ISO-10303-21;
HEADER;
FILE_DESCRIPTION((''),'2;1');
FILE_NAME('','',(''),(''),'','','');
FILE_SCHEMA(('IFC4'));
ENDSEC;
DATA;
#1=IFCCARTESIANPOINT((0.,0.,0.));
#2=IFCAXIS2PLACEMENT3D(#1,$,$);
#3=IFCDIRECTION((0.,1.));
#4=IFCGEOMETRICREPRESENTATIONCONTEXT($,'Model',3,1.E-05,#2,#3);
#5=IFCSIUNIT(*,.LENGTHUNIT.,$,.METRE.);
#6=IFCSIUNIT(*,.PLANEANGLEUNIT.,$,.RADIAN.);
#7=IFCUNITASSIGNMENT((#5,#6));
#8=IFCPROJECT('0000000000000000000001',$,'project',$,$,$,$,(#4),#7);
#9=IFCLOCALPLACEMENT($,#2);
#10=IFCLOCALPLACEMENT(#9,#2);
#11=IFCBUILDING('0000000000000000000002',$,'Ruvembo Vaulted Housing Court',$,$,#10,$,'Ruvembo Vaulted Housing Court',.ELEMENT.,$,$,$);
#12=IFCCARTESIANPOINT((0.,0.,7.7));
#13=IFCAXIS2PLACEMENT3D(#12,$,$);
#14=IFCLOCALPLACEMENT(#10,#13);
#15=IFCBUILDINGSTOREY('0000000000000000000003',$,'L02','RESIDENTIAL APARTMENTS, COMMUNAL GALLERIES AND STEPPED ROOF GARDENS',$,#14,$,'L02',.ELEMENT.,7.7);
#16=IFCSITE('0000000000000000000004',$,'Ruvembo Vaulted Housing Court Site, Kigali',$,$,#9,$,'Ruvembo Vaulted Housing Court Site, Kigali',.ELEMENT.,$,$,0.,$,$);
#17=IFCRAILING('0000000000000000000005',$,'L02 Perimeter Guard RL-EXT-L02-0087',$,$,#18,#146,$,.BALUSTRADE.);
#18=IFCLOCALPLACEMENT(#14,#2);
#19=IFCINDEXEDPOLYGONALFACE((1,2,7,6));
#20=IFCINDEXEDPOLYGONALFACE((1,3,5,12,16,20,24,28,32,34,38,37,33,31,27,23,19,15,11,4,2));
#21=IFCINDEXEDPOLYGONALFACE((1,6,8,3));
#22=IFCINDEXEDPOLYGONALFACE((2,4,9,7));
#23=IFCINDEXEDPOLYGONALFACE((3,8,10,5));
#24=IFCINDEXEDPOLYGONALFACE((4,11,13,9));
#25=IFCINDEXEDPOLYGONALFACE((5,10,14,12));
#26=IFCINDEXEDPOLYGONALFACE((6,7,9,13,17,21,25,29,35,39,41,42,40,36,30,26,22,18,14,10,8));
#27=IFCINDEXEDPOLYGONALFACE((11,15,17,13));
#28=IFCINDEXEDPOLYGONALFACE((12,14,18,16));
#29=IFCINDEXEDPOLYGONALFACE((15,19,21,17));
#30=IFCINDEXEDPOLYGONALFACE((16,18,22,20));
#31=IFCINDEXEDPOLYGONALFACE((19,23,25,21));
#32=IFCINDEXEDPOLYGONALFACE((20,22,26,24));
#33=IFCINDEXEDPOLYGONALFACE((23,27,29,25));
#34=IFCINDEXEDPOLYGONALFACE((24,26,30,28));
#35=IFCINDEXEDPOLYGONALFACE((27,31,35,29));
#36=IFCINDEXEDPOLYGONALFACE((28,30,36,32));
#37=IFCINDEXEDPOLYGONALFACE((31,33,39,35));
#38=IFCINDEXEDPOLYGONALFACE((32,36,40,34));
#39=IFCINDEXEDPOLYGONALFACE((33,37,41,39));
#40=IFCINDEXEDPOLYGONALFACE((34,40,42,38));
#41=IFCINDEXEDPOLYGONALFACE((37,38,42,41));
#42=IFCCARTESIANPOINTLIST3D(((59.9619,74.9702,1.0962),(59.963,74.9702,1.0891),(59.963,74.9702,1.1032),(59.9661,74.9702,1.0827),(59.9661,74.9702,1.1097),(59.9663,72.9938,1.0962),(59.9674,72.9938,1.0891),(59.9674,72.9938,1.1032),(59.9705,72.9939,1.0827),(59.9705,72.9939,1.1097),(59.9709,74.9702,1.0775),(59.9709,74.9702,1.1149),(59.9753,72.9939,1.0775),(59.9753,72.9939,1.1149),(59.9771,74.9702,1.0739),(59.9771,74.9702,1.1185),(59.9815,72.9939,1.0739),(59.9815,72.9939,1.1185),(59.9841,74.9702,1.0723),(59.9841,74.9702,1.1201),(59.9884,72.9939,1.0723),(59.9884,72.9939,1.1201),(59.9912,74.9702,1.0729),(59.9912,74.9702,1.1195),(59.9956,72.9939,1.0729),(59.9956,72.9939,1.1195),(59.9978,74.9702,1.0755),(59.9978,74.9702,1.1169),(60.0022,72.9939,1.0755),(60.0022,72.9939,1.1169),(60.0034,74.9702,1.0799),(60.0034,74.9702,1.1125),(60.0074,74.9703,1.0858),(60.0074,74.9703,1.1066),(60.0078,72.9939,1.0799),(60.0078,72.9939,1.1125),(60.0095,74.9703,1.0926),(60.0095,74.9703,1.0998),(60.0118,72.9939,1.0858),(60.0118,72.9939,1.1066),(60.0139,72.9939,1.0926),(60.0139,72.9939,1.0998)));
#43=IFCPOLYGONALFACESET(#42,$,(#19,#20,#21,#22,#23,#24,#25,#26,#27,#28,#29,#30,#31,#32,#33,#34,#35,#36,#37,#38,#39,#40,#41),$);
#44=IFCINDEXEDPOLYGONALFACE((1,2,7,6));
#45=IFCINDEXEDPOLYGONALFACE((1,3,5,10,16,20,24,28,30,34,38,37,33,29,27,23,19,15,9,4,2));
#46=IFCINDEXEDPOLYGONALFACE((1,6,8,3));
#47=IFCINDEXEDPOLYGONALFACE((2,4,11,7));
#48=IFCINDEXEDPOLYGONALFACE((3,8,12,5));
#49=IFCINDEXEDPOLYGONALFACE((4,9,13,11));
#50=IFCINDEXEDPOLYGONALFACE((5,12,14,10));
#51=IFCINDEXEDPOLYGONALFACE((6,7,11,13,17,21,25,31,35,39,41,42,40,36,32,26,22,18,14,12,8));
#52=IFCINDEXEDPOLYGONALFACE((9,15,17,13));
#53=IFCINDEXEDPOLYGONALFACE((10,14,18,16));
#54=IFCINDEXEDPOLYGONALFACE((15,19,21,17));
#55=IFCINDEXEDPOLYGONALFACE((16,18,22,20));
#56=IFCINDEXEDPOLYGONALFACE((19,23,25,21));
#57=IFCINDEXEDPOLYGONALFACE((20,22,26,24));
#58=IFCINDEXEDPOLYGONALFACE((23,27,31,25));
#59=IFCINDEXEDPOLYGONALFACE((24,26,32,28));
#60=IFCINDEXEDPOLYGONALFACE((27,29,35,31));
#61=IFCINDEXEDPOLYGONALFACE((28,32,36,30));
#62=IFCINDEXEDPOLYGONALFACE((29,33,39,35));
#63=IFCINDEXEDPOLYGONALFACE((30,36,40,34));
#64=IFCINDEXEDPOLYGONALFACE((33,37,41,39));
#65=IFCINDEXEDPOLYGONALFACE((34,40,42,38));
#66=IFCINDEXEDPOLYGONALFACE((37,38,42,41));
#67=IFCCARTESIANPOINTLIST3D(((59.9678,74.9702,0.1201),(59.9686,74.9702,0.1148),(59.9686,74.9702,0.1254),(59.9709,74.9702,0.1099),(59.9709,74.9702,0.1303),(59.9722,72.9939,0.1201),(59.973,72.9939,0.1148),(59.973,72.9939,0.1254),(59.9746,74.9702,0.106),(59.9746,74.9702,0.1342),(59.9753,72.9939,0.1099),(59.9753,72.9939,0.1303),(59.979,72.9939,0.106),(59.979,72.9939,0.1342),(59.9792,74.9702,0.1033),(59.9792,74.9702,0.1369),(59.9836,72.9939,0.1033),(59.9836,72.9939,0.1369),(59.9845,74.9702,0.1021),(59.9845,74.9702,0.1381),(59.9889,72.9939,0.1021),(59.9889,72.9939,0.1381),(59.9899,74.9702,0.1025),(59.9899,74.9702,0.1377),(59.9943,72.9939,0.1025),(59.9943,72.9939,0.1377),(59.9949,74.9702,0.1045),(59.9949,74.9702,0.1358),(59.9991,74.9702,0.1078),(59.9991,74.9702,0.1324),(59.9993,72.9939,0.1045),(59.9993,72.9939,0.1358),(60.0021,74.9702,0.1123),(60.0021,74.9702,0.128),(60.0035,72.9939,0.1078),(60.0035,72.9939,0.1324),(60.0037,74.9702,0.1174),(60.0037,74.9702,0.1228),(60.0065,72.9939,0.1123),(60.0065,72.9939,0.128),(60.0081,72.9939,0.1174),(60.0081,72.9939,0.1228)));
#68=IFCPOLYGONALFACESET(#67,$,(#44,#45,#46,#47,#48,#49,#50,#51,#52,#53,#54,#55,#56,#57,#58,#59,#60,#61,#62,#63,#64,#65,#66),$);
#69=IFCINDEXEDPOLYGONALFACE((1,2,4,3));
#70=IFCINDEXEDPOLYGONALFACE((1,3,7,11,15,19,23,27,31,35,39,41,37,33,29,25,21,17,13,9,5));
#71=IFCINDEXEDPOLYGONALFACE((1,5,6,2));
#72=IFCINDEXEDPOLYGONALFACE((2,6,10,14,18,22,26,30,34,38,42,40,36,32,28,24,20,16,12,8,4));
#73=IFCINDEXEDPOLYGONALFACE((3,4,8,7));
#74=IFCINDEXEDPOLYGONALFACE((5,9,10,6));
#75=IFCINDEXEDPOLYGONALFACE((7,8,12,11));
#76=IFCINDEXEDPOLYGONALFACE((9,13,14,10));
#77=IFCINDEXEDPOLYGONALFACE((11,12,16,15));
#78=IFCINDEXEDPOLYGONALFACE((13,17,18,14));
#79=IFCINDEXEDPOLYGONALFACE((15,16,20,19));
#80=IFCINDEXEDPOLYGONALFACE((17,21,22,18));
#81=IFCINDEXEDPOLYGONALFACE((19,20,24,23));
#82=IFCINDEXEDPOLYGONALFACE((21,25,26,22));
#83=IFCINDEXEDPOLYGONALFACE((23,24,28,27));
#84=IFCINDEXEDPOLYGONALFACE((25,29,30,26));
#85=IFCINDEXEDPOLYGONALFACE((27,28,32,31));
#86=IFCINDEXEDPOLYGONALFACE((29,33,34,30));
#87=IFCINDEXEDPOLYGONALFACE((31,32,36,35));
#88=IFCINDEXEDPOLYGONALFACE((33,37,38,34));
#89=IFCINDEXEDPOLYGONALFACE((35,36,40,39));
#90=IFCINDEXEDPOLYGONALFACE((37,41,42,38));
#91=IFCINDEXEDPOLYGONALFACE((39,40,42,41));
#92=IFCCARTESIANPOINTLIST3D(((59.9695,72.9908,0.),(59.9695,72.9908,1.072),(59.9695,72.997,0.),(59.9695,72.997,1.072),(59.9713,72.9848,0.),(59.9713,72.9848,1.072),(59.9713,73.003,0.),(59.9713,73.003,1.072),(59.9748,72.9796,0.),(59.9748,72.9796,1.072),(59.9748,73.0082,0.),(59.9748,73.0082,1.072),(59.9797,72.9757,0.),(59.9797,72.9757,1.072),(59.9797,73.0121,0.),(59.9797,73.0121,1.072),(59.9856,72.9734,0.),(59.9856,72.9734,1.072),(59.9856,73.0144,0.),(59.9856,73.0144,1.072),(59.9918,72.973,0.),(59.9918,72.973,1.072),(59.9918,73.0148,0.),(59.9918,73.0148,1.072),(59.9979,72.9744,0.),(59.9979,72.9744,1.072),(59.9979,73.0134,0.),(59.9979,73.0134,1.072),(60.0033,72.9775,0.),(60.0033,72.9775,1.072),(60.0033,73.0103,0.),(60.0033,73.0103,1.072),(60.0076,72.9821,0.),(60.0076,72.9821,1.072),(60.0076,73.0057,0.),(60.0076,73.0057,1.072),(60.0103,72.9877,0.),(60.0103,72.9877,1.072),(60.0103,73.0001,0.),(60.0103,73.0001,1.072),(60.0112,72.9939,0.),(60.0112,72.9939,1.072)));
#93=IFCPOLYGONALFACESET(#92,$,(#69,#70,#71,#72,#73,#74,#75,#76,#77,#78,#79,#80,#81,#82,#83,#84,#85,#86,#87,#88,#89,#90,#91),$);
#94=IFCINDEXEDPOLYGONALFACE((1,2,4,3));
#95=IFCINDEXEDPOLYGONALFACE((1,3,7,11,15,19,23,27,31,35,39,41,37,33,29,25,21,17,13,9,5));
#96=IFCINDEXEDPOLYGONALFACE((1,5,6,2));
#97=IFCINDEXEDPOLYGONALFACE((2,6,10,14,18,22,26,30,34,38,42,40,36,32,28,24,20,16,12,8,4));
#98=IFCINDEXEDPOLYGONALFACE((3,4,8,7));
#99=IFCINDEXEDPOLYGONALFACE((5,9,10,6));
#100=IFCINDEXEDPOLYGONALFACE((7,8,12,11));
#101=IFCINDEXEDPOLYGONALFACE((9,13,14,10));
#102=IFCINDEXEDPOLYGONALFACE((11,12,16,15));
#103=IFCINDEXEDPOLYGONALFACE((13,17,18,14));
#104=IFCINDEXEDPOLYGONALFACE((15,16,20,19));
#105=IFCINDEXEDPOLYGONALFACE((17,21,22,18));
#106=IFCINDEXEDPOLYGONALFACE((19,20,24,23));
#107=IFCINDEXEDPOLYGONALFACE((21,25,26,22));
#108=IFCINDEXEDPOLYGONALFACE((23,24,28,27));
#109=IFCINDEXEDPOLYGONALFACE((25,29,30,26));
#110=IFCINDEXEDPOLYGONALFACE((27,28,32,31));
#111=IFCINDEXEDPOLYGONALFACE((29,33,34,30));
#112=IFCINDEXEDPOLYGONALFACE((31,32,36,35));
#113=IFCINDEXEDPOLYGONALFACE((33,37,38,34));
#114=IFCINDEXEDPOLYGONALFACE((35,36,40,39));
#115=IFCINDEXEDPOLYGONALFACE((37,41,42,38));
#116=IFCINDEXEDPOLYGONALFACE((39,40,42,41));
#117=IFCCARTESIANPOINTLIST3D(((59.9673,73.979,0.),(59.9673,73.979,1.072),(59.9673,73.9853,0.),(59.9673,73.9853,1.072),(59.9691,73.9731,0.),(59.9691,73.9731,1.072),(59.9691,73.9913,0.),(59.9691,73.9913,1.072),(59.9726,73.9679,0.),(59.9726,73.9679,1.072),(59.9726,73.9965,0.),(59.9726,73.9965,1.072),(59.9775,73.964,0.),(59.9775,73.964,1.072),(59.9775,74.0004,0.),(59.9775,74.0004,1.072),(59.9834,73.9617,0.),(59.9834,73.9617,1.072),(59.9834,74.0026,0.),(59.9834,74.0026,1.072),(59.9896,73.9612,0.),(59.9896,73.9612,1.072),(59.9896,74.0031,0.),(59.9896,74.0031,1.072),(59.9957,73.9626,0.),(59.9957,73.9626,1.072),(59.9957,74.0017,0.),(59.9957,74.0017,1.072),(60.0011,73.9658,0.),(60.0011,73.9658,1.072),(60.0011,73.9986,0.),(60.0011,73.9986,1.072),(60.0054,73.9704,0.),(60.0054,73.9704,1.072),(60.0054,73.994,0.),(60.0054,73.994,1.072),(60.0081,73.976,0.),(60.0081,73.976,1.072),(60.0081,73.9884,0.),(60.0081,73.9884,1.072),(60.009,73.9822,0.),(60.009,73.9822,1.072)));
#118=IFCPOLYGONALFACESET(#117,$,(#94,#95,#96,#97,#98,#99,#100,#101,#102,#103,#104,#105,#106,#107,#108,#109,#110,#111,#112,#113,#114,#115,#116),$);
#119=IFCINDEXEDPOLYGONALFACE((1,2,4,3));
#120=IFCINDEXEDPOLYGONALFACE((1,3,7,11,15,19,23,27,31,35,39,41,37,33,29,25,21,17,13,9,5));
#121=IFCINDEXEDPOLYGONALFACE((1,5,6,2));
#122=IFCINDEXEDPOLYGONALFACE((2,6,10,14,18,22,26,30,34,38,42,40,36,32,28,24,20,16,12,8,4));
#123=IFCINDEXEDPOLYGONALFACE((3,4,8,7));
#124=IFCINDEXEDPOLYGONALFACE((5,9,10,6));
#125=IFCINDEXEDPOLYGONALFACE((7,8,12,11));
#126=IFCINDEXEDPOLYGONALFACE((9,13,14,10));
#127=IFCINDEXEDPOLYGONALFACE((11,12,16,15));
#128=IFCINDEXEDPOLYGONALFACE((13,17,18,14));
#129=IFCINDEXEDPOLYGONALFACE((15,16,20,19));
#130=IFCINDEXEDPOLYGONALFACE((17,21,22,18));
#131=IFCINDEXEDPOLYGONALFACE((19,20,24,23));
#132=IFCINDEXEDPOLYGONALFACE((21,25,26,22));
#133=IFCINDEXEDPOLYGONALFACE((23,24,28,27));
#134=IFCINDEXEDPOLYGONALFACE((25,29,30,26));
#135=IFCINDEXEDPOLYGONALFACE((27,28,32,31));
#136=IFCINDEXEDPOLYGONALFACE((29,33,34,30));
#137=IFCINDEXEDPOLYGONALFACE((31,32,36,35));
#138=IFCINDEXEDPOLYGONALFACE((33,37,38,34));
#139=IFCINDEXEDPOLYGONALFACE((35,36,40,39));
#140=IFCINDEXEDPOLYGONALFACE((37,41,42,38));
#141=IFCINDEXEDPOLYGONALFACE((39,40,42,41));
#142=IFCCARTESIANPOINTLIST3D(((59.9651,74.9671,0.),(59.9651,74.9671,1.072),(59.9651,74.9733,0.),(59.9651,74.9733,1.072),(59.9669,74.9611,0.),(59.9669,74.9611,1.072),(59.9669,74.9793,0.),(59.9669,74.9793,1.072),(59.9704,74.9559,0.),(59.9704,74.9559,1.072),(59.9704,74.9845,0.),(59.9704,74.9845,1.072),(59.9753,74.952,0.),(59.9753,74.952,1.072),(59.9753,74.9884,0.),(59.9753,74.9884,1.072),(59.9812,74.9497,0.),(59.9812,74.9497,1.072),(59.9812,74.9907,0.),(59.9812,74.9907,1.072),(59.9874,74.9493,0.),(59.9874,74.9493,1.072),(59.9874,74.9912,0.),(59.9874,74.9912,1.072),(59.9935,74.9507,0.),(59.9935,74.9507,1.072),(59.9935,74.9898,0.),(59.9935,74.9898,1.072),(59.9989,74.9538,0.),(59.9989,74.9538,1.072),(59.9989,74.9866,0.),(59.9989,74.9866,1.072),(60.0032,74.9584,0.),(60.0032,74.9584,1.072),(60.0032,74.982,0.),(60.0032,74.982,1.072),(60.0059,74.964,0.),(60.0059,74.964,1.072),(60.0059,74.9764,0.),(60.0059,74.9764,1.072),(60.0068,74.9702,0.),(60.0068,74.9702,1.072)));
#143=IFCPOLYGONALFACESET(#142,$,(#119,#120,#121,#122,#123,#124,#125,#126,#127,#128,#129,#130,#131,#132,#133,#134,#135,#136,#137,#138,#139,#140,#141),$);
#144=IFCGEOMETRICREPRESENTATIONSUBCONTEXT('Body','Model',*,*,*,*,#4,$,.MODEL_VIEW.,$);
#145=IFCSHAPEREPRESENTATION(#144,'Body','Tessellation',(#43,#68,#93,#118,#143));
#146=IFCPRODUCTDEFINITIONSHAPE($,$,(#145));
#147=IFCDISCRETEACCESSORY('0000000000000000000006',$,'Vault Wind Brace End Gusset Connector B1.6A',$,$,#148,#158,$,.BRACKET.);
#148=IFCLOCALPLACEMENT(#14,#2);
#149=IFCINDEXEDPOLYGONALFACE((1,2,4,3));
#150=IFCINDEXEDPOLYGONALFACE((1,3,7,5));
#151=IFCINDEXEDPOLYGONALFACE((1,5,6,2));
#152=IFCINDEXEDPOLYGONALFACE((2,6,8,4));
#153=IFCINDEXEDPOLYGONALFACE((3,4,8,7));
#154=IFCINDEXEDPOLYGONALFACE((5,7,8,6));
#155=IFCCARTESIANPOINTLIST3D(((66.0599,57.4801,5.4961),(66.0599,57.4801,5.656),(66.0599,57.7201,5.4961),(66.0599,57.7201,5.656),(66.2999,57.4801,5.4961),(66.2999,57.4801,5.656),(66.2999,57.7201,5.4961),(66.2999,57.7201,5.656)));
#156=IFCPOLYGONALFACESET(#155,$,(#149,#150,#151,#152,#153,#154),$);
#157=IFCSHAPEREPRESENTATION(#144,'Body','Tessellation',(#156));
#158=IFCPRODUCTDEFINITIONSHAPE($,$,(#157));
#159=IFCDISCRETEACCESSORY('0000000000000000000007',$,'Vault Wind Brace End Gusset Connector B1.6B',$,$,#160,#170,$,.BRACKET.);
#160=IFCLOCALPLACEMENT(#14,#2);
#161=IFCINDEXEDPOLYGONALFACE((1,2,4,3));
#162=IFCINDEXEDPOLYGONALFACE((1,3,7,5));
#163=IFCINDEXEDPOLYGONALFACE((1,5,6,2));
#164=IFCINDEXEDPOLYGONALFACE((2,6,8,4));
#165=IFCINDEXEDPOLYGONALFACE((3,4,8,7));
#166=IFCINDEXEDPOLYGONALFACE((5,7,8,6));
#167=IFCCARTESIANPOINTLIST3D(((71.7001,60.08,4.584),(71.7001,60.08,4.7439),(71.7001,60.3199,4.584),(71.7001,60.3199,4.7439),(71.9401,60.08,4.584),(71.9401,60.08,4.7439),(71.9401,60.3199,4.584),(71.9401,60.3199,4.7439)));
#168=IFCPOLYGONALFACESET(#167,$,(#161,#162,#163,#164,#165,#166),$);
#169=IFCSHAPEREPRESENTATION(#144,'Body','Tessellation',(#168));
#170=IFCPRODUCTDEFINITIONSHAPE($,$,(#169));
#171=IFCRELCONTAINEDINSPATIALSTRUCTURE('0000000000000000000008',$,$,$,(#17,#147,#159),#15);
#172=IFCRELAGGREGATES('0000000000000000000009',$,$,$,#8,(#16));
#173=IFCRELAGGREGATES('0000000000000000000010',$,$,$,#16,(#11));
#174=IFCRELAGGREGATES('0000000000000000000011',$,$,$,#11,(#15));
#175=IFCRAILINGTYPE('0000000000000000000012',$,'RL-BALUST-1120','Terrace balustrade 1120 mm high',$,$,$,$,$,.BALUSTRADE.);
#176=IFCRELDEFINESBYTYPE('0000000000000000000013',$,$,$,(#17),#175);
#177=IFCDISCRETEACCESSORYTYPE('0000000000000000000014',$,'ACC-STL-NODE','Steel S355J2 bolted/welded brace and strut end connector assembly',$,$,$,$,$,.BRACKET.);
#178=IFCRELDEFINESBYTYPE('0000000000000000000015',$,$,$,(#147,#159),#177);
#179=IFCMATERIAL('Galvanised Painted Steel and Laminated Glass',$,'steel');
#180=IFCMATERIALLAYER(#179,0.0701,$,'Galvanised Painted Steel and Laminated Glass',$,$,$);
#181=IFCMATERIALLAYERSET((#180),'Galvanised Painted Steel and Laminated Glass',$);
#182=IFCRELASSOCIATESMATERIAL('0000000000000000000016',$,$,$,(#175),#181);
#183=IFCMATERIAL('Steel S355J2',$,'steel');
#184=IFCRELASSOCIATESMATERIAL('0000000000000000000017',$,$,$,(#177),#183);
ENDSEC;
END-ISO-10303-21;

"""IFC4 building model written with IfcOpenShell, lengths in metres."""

from ifc_helpers import new_model, si_unit, direction, frame, origin, origin_2d, place, context, subcontext, project, spatial, rectangle, circle, extrude, material, layer, layer_set, type_object, element, save


model = new_model("IFC4")

# Units and contexts
model_context = context("Model", 3, precision=1e-05, world=origin(), true_north=direction((0.0, 1.0)))
body_context = subcontext(model_context, "Body", "Model", "MODEL_VIEW")
ifc_project = project(units=[si_unit("LENGTHUNIT", "METRE"), si_unit("PLANEANGLEUNIT", "RADIAN")], contexts=[model_context])

# Site, building, storey
site_placement = place(None, origin())
site = spatial("IfcSite", under=ifc_project, at=site_placement, Name="Ruvembo Vaulted Housing Court Site, Kigali", LongName="Ruvembo Vaulted Housing Court Site, Kigali", CompositionType="ELEMENT", RefElevation=0.0)
building_placement = place(site_placement, origin())
building = spatial("IfcBuilding", under=site, at=building_placement, Name="Ruvembo Vaulted Housing Court", LongName="Ruvembo Vaulted Housing Court", CompositionType="ELEMENT")
storey_placement = place(building_placement, frame((0.0, 0.0, 7.7)))
storey = spatial("IfcBuildingStorey", under=building, at=storey_placement, Name="L02", Description="RESIDENTIAL APARTMENTS, COMMUNAL GALLERIES AND STEPPED ROOF GARDENS", LongName="L02", CompositionType="ELEMENT", Elevation=7.7)

# Shared definitions
ifc_material_1 = material(Name="Steel S355J2", Category="steel")

# Railing
ifc_material_2 = material(Name="Galvanised Painted Steel and Laminated Glass", Category="steel")
ifc_layer_1 = layer(ifc_material_2, 0.0701, Name="Galvanised Painted Steel and Laminated Glass")
ifc_layer_set_1 = layer_set([ifc_layer_1], Name="Galvanised Painted Steel and Laminated Glass")
railing_type = type_object("IfcRailingType", Name="RL-BALUST-1120", Description="Terrace balustrade 1120 mm high", PredefinedType="BALUSTRADE", material=ifc_layer_set_1)
railing_1_placement = place(storey_placement, frame((59.9902, 72.9939, 0.0)))
element("IfcRailing", 1, at=railing_1_placement, inside=storey, type_object=railing_type, Name="L02 Perimeter Guard RL-EXT-L02-0087", PredefinedType="BALUSTRADE", context=body_context, shape_type="SweptSolid", body=[
    extrude(circle(Radius=0.0239, at=origin_2d()), frame((0.0, 0.0, 1.0962), z_axis=(-0.002224, 0.999998, 0.0), x_axis=(-0.999998, -0.002224, 0.0)), (0.0, 0.0, 1.0), 1.9763),
    extrude(circle(Radius=0.0181, at=origin_2d()), frame((0.0, 0.0, 0.1201), z_axis=(-0.002224, 0.999998, 0.0), x_axis=(-0.999998, -0.002224, 0.0)), (0.0, 0.0, 1.0), 1.9763),
    extrude(circle(Radius=0.021, at=origin_2d()), origin(), (0.0, 0.0, 1.0), 1.072),
    extrude(circle(Radius=0.021, at=origin_2d()), frame((-0.0022, 0.9883, 0.0)), (0.0, 0.0, 1.0), 1.072),
    extrude(circle(Radius=0.021, at=origin_2d()), frame((-0.0044, 1.9763, 0.0)), (0.0, 0.0, 1.0), 1.072),
])

# Discrete accessories
discrete_accessory_type = type_object("IfcDiscreteAccessoryType", Name="ACC-STL-NODE", Description="Steel S355J2 bolted/welded brace and strut end connector assembly", PredefinedType="BRACKET", material=ifc_material_1)
for number, where, z_axis, x_axis, name in (
    (2, (66.1799, 57.6001, 5.4961), (0.0, 0.0, 1.0), (1.0, 0.0, 0.0), "Vault Wind Brace End Gusset Connector B1.6A"),
    (3, (71.8201, 60.2, 4.584), (0.0, 0.0, 1.0), (1.0, 0.0, 0.0), "Vault Wind Brace End Gusset Connector B1.6B"),
):
    element("IfcDiscreteAccessory", number, at=place(storey_placement, frame(where, z_axis=z_axis, x_axis=x_axis)), inside=storey, type_object=discrete_accessory_type, Name=name, PredefinedType="BRACKET", context=body_context, shape_type="SweptSolid", body=[
        extrude(rectangle(XDim=0.24, YDim=0.24, at=origin_2d()), origin(), (0.0, 0.0, 1.0), 0.1599),
    ])

save(model, "model.ifc")
